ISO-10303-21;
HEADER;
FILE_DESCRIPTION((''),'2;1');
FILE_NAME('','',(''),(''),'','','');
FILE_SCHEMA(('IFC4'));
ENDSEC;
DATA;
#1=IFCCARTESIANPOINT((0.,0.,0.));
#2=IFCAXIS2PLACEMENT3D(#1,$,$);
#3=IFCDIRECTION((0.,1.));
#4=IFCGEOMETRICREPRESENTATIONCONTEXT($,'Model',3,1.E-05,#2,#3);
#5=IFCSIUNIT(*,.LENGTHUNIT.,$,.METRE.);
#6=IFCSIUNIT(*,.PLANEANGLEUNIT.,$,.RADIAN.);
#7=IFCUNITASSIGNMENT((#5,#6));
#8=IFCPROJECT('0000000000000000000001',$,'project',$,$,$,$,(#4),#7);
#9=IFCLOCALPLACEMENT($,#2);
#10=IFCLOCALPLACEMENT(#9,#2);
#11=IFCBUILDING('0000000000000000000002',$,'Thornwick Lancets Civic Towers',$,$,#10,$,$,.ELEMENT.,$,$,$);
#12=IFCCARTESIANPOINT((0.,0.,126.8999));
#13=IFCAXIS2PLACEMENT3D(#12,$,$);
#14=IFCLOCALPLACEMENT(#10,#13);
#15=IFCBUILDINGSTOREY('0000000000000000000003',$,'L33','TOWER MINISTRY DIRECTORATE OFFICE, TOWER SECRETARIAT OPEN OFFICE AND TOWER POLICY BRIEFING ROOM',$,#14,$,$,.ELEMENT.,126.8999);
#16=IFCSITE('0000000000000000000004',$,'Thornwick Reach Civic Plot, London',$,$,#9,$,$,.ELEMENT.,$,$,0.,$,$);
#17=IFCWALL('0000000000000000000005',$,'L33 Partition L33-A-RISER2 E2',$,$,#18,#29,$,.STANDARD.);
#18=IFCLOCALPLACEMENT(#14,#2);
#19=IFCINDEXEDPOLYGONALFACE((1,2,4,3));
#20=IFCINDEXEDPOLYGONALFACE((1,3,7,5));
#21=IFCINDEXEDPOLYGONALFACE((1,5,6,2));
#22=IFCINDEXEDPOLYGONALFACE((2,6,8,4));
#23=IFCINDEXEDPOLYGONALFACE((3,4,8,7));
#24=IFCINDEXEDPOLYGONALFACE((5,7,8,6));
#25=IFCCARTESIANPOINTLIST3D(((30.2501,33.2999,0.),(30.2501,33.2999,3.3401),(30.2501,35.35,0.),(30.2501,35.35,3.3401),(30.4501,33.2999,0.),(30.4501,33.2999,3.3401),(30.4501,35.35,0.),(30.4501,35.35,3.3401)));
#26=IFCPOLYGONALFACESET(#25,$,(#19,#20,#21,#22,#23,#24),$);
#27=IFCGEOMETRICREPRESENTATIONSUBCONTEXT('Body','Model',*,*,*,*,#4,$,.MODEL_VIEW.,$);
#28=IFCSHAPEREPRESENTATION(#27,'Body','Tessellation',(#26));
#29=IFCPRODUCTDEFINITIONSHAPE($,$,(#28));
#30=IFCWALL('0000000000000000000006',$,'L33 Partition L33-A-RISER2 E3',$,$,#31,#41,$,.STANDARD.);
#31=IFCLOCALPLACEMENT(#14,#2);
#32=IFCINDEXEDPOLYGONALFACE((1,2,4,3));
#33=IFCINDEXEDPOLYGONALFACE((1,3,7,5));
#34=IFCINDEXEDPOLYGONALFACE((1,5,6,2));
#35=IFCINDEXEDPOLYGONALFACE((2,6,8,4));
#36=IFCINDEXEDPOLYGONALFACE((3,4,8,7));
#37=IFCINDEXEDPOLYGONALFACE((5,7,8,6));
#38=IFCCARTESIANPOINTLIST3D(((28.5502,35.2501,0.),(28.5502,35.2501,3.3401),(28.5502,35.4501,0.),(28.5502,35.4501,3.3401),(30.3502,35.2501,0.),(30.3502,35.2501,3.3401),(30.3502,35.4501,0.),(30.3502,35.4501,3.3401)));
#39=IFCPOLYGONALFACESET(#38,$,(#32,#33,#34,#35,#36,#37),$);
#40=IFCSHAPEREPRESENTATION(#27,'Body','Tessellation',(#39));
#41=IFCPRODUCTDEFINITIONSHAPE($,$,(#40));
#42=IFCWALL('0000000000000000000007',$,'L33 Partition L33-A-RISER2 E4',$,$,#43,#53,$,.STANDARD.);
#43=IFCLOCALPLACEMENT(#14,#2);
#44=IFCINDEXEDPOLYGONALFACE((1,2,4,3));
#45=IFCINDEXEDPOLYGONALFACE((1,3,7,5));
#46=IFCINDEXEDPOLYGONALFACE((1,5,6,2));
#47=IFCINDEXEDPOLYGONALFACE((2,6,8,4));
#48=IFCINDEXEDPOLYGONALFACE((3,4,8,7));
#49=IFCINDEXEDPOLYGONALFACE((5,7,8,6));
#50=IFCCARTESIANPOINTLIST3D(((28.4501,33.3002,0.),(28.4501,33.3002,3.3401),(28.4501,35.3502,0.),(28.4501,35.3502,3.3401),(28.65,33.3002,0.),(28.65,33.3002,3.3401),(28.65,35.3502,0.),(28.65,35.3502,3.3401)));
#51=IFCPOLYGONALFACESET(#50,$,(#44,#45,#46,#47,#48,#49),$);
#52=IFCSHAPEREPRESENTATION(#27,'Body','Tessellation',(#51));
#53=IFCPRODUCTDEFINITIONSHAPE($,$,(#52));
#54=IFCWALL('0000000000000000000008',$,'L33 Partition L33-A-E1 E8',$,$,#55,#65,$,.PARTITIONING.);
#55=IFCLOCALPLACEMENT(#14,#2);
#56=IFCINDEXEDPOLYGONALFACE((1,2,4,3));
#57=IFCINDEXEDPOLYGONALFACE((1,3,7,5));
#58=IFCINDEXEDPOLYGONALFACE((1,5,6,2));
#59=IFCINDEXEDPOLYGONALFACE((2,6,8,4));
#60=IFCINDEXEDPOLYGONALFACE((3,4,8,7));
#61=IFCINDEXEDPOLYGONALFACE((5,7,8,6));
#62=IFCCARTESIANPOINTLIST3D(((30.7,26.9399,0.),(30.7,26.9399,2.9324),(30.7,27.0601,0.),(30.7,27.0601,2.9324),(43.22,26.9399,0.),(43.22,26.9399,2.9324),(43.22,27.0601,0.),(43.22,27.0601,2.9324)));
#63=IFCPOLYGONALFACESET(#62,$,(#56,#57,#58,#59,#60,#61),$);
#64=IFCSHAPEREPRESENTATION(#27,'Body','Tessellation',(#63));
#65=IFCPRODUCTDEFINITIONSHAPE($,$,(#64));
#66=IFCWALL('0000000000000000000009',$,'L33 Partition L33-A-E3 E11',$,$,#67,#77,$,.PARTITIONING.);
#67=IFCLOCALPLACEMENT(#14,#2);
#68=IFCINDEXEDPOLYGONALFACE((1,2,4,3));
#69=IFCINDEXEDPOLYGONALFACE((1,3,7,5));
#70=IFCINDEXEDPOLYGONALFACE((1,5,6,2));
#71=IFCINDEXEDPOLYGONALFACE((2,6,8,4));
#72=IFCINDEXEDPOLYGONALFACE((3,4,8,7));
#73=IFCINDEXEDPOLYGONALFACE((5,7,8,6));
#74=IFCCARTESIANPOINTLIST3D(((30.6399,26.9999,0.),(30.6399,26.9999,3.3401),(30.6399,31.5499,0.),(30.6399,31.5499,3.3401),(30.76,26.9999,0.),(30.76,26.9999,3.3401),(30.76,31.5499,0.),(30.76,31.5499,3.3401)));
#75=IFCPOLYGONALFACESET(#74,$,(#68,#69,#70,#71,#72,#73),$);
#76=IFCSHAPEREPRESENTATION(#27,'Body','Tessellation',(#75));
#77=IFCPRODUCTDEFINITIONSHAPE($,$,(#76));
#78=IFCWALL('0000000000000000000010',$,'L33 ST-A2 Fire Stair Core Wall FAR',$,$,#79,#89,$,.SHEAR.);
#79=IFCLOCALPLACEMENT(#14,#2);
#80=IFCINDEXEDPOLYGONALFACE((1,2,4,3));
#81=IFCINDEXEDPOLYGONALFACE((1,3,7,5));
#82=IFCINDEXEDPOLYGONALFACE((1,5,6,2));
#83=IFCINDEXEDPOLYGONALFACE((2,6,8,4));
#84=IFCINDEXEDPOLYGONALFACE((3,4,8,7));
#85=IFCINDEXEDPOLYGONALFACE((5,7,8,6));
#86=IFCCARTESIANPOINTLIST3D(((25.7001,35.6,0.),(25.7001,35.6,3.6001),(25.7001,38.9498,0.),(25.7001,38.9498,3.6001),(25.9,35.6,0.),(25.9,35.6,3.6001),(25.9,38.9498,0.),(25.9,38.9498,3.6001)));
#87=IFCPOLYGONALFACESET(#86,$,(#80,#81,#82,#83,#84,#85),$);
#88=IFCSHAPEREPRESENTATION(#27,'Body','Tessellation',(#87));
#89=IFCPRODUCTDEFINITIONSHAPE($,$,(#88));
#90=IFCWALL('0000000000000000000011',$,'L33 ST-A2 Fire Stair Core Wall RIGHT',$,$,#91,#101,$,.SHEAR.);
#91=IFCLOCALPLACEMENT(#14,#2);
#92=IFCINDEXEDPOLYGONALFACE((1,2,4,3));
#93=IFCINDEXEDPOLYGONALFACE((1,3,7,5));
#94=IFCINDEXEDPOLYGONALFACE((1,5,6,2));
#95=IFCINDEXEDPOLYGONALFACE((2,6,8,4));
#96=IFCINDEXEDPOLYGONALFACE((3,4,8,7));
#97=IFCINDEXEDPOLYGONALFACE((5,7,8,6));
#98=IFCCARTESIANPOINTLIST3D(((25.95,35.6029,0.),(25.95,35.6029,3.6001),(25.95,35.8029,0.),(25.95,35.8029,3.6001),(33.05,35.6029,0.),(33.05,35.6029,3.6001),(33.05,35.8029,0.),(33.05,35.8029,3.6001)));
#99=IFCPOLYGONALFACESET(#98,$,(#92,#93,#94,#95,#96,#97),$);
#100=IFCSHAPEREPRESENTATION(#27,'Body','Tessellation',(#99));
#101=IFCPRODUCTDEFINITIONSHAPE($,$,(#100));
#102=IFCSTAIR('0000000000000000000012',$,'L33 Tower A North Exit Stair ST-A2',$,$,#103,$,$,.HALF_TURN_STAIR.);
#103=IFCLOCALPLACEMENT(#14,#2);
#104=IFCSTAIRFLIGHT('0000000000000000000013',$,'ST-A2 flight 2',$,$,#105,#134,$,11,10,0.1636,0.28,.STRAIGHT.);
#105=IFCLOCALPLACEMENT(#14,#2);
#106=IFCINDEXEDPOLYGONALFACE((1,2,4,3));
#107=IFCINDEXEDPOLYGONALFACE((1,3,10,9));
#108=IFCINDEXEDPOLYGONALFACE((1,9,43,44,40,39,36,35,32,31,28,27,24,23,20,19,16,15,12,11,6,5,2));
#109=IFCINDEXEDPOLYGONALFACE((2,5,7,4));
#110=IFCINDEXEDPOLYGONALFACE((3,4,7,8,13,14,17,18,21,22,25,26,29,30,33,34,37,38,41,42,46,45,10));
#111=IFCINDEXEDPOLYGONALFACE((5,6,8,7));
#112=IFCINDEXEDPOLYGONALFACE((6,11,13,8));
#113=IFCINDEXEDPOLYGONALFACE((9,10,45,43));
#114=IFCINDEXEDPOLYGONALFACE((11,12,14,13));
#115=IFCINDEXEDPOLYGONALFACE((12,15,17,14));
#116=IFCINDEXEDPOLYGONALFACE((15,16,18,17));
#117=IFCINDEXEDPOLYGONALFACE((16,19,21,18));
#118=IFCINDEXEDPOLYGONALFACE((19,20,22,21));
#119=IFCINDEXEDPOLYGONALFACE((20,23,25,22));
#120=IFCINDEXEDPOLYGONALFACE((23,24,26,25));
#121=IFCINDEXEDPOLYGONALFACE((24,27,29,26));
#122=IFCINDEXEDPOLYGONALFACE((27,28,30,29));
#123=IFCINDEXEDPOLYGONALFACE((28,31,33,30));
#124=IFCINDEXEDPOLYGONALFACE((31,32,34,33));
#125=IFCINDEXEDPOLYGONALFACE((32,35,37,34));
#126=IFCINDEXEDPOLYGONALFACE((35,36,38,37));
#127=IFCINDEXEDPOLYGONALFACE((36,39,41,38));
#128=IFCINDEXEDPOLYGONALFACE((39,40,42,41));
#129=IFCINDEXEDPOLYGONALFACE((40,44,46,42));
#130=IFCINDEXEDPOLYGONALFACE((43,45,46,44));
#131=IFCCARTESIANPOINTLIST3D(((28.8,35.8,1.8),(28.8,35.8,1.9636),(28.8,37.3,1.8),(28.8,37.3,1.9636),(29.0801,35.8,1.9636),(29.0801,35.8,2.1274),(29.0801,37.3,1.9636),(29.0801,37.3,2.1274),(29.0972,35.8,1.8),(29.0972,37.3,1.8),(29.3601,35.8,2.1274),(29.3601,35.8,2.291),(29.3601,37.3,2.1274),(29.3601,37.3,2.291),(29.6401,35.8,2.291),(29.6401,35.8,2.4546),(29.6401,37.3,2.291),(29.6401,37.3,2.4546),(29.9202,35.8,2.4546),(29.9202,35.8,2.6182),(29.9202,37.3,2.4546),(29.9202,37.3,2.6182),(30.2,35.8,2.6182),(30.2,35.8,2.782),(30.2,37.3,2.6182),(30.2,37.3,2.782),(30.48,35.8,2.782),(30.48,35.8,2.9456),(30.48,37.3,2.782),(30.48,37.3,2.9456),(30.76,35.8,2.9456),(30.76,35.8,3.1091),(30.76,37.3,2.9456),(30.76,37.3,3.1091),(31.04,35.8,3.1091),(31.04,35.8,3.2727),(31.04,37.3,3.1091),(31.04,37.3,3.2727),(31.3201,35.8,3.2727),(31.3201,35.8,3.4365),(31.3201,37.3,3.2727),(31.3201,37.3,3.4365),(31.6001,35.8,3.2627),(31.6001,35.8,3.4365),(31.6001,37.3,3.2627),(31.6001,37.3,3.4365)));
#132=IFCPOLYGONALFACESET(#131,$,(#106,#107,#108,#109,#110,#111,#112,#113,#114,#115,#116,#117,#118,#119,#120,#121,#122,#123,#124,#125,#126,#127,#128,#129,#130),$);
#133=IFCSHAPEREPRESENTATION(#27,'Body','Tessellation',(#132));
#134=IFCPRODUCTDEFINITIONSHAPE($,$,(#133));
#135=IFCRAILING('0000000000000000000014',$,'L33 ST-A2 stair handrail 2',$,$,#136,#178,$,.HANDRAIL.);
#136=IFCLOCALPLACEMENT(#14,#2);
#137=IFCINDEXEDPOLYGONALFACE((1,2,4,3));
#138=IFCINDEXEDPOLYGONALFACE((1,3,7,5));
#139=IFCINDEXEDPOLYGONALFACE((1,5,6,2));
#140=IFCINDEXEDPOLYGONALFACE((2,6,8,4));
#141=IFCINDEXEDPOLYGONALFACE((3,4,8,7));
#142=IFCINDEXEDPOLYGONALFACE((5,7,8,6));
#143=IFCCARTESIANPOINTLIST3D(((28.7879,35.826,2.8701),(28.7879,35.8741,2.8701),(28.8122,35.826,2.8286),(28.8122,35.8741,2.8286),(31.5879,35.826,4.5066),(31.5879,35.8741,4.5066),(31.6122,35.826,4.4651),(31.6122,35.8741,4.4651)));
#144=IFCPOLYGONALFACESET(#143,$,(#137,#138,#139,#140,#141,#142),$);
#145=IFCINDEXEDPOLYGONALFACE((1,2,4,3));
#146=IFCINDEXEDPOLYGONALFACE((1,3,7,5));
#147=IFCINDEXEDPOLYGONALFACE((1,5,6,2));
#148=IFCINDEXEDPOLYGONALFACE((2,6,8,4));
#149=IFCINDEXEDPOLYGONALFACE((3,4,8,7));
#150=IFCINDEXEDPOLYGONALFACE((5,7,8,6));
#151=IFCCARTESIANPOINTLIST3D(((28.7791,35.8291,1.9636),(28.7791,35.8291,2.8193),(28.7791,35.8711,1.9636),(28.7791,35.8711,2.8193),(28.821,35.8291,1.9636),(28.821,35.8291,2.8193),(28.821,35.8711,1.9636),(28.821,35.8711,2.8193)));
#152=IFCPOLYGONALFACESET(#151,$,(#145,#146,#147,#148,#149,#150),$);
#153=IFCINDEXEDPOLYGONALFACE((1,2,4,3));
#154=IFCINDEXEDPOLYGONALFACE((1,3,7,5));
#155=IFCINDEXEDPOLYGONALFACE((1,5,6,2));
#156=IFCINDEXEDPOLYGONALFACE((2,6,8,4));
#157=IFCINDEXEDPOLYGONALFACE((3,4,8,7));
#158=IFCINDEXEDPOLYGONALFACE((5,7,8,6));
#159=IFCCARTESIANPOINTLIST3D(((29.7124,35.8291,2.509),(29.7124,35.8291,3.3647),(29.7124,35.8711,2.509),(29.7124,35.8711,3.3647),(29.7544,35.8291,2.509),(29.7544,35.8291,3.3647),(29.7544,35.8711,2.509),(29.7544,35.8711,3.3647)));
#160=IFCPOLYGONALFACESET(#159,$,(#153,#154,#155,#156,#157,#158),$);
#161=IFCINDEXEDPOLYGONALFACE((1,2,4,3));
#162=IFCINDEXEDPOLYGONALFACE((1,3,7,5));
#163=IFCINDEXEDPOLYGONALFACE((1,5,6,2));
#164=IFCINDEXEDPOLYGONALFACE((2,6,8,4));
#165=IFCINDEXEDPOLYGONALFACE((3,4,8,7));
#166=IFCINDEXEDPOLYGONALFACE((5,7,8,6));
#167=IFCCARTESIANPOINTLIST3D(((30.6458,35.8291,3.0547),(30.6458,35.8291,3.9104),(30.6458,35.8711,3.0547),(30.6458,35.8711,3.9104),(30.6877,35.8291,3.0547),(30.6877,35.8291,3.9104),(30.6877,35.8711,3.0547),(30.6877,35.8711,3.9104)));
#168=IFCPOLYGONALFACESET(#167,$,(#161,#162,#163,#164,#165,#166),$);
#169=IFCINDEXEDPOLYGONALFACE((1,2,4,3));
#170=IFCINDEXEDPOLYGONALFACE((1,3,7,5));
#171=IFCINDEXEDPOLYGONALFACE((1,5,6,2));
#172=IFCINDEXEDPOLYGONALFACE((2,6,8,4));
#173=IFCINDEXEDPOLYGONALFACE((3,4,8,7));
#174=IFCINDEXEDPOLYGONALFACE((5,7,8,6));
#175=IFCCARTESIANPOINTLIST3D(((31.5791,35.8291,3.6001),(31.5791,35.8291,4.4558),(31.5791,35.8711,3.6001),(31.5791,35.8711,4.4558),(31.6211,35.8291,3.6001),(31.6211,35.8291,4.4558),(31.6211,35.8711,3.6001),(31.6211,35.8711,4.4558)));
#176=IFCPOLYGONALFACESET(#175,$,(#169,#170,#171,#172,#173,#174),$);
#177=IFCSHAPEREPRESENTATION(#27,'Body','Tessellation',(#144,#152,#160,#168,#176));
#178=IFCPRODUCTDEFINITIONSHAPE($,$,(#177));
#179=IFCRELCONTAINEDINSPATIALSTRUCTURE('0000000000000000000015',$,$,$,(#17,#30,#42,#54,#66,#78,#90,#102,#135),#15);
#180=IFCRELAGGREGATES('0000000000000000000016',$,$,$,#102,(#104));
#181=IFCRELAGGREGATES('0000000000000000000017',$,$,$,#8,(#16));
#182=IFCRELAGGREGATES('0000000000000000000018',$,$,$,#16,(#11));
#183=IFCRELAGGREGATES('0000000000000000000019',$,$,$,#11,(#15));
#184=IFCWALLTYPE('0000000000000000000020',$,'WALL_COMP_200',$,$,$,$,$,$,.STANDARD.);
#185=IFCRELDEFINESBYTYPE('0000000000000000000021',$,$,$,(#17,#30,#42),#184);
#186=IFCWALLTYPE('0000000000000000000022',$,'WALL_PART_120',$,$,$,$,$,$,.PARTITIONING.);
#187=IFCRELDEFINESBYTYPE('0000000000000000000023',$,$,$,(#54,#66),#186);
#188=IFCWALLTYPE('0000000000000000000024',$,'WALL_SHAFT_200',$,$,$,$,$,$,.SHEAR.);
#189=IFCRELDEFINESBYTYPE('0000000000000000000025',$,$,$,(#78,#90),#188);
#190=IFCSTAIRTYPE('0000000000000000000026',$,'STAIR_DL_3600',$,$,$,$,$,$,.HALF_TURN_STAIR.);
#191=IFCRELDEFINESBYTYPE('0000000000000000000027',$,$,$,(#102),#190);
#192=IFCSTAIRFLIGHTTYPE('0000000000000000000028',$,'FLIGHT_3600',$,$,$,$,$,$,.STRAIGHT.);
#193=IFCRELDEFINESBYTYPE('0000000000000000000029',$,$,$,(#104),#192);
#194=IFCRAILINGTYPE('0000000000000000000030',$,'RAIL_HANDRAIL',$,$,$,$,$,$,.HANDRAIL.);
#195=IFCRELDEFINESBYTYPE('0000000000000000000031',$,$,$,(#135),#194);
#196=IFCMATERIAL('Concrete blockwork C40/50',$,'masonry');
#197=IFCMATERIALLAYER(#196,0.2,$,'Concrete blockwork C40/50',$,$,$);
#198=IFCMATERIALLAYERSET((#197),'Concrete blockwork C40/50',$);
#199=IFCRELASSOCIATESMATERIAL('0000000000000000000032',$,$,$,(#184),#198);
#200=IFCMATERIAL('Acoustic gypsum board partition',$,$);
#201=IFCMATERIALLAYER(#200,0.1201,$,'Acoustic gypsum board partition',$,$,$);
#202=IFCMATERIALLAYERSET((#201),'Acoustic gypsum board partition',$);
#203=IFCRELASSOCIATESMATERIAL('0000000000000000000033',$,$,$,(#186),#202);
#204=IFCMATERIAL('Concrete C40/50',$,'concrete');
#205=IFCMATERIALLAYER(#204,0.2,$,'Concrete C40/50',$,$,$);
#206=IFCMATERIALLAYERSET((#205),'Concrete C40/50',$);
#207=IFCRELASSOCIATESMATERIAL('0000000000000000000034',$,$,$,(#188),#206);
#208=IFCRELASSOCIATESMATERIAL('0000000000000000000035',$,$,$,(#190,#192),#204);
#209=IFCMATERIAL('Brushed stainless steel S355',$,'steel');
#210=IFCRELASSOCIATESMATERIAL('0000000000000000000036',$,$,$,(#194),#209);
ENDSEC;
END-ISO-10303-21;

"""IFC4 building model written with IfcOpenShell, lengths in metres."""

from ifc_helpers import new_model, si_unit, direction, frame, frame_2d, origin, origin_2d, place, context, subcontext, project, spatial, polyline, rectangle, outline, extrude, material, layer, layer_set, type_object, element, aggregate, save


model = new_model("IFC4")

# Units and contexts
model_context = context("Model", 3, precision=1e-05, world=origin(), true_north=direction((0.0, 1.0)))
body_context = subcontext(model_context, "Body", "Model", "MODEL_VIEW")
ifc_project = project(units=[si_unit("LENGTHUNIT", "METRE"), si_unit("PLANEANGLEUNIT", "RADIAN")], contexts=[model_context])

# Site, building, storey
site_placement = place(None, origin())
site = spatial("IfcSite", under=ifc_project, at=site_placement, Name="Thornwick Reach Civic Plot, London", CompositionType="ELEMENT", RefElevation=0.0)
building_placement = place(site_placement, origin())
building = spatial("IfcBuilding", under=site, at=building_placement, Name="Thornwick Lancets Civic Towers", CompositionType="ELEMENT")
storey_placement = place(building_placement, frame((0.0, 0.0, 126.8999)))
storey = spatial("IfcBuildingStorey", under=building, at=storey_placement, Name="L33", Description="TOWER MINISTRY DIRECTORATE OFFICE, TOWER SECRETARIAT OPEN OFFICE AND TOWER POLICY BRIEFING ROOM", CompositionType="ELEMENT", Elevation=126.8999)

# Shared definitions
ifc_material_1 = material(Name="Concrete C40/50", Category="concrete")

# Shared definitions
ifc_material_2 = material(Name="Concrete blockwork C40/50", Category="masonry")
ifc_layer_1 = layer(ifc_material_2, 0.2, Name="Concrete blockwork C40/50")
ifc_layer_set_1 = layer_set([ifc_layer_1], Name="Concrete blockwork C40/50")
wall_type_1 = type_object("IfcWallType", Name="WALL_COMP_200", PredefinedType="STANDARD", material=ifc_layer_set_1)

# Walls
wall_1_placement = place(storey_placement, frame((30.3501, 33.3, 0.0), z_axis=(0.0, 0.0, 1.0), x_axis=(0.0, 1.0, 0.0)))
element("IfcWall", 1, at=wall_1_placement, inside=storey, type_object=wall_type_1, Name="L33 Partition L33-A-RISER2 E2", PredefinedType="STANDARD", context=body_context, shape_type="SweptSolid", body=[
    extrude(rectangle(XDim=2.05, YDim=0.2, at=frame_2d((1.0249, 0.0))), origin(), (0.0, 0.0, 1.0), 3.3401),
])
wall_2_placement = place(storey_placement, frame((30.3501, 35.3501, 0.0), z_axis=(0.0, 0.0, 1.0), x_axis=(-1.0, 0.0, 0.0)))
element("IfcWall", 2, at=wall_2_placement, inside=storey, type_object=wall_type_1, Name="L33 Partition L33-A-RISER2 E3", PredefinedType="STANDARD", context=body_context, shape_type="SweptSolid", body=[
    extrude(rectangle(XDim=1.8, YDim=0.2, at=frame_2d((0.8999, 0.0))), origin(), (0.0, 0.0, 1.0), 3.3401),
])
wall_3_placement = place(storey_placement, frame((28.55, 35.3501, 0.0), z_axis=(0.0, 0.0, 1.0), x_axis=(0.0, -1.0, 0.0)))
element("IfcWall", 3, at=wall_3_placement, inside=storey, type_object=wall_type_1, Name="L33 Partition L33-A-RISER2 E4", PredefinedType="STANDARD", context=body_context, shape_type="SweptSolid", body=[
    extrude(rectangle(XDim=2.05, YDim=0.2, at=frame_2d((1.0249, 0.0))), origin(), (0.0, 0.0, 1.0), 3.3401),
])
ifc_material_3 = material(Name="Acoustic gypsum board partition")
ifc_layer_2 = layer(ifc_material_3, 0.1201, Name="Acoustic gypsum board partition")
ifc_layer_set_2 = layer_set([ifc_layer_2], Name="Acoustic gypsum board partition")
wall_type_2 = type_object("IfcWallType", Name="WALL_PART_120", PredefinedType="PARTITIONING", material=ifc_layer_set_2)
wall_4_placement = place(storey_placement, frame((30.7, 27.0, 0.0), z_axis=(0.0, 0.0, 1.0), x_axis=(1.0, 0.0, 0.0)))
element("IfcWall", 4, at=wall_4_placement, inside=storey, type_object=wall_type_2, Name="L33 Partition L33-A-E1 E8", PredefinedType="PARTITIONING", context=body_context, shape_type="SweptSolid", body=[
    extrude(rectangle(XDim=12.52, YDim=0.1201, at=frame_2d((6.26, 0.0))), origin(), (0.0, 0.0, 1.0), 2.9324),
])
wall_5_placement = place(storey_placement, frame((30.7, 27.0, 0.0), z_axis=(0.0, 0.0, 1.0), x_axis=(0.0, 1.0, 0.0)))
element("IfcWall", 5, at=wall_5_placement, inside=storey, type_object=wall_type_2, Name="L33 Partition L33-A-E3 E11", PredefinedType="PARTITIONING", context=body_context, shape_type="SweptSolid", body=[
    extrude(rectangle(XDim=4.55, YDim=0.1201, at=frame_2d((2.2749, 0.0))), origin(), (0.0, 0.0, 1.0), 3.3401),
])
ifc_layer_3 = layer(ifc_material_1, 0.2, Name="Concrete C40/50")
ifc_layer_set_3 = layer_set([ifc_layer_3], Name="Concrete C40/50")
wall_type_3 = type_object("IfcWallType", Name="WALL_SHAFT_200", PredefinedType="SHEAR", material=ifc_layer_set_3)
wall_6_placement = place(storey_placement, frame((25.8, 35.6001, 0.0), z_axis=(0.0, 0.0, 1.0), x_axis=(0.0, 1.0, 0.0)))
element("IfcWall", 6, at=wall_6_placement, inside=storey, type_object=wall_type_3, Name="L33 ST-A2 Fire Stair Core Wall FAR", PredefinedType="SHEAR", context=body_context, shape_type="SweptSolid", body=[
    extrude(rectangle(XDim=3.3499, YDim=0.2, at=frame_2d((1.6748, 0.0))), origin(), (0.0, 0.0, 1.0), 3.6001),
])
wall_7_placement = place(storey_placement, frame((25.95, 35.7029, 0.0), z_axis=(0.0, 0.0, 1.0), x_axis=(1.0, 0.0, 0.0)))
element("IfcWall", 7, at=wall_7_placement, inside=storey, type_object=wall_type_3, Name="L33 ST-A2 Fire Stair Core Wall RIGHT", PredefinedType="SHEAR", context=body_context, shape_type="SweptSolid", body=[
    extrude(rectangle(XDim=7.1001, YDim=0.2, at=frame_2d((3.55, 0.0))), origin(), (0.0, 0.0, 1.0), 3.6001),
])

# Stair, stair flight
stair_type = type_object("IfcStairType", Name="STAIR_DL_3600", PredefinedType="HALF_TURN_STAIR", material=ifc_material_1)
stair_placement = place(storey_placement, origin())
stair = element("IfcStair", 8, at=stair_placement, inside=storey, type_object=stair_type, Name="L33 Tower A North Exit Stair ST-A2", PredefinedType="HALF_TURN_STAIR")
stair_flight_type = type_object("IfcStairFlightType", Name="FLIGHT_3600", PredefinedType="STRAIGHT", material=ifc_material_1)
stair_flight_placement = place(storey_placement, frame((28.8, 36.55, 1.8), z_axis=(0.0, 0.0, 1.0), x_axis=(1.0, 0.0, 0.0)))
stair_flight = element("IfcStairFlight", 9, at=stair_flight_placement, type_object=stair_flight_type, Name="ST-A2 flight 2", NumberOfRisers=11, NumberOfTreads=10, PredefinedType="STRAIGHT", RiserHeight=0.1636, TreadLength=0.28, context=body_context, shape_type="SweptSolid", body=[
    extrude(outline(polyline([(0.0, 0.0), (0.0, 0.1636), (0.28, 0.1636), (0.28, 0.3274), (0.5601, 0.3274), (0.5601, 0.491), (0.8401, 0.491), (0.8401, 0.6545), (1.1201, 0.6545), (1.1201, 0.8181), (1.3999, 0.8181), (1.3999, 0.9819), (1.6799, 0.9819), (1.6799, 1.1455), (1.96, 1.1455), (1.96, 1.3091), (2.24, 1.3091), (2.24, 1.4727), (2.52, 1.4727), (2.52, 1.6365), (2.8, 1.6365), (2.8, 1.8), (2.8, 1.4626), (0.2971, 0.0), (0.0, 0.0)])), frame((0.0, 0.75, 0.0), z_axis=(0.0, -1.0, 0.0), x_axis=(1.0, 0.0, 0.0)), (0.0, 0.0, 1.0), 1.5),
])
aggregate(stair, [stair_flight])

# Railing
ifc_material_4 = material(Name="Brushed stainless steel S355", Category="steel")
railing_type_1 = type_object("IfcRailingType", Name="RAIL_HANDRAIL", PredefinedType="HANDRAIL", material=ifc_material_4)
railing_1_placement = place(storey_placement, frame((28.8, 35.8501, 1.9636)))
element("IfcRailing", 10, at=railing_1_placement, inside=storey, type_object=railing_type_1, Name="L33 ST-A2 stair handrail 2", PredefinedType="HANDRAIL", context=body_context, shape_type="SweptSolid", body=[
    extrude(rectangle(XDim=0.0481, YDim=0.0481, at=origin_2d()), frame((0.0, 0.0, 0.8857), z_axis=(0.863361, 0.0, 0.504587), x_axis=(0.0, 1.0, 0.0)), (0.0, 0.0, 1.0), 3.2432),
    extrude(rectangle(XDim=0.042, YDim=0.042, at=origin_2d()), origin(), (0.0, 0.0, 1.0), 0.8557),
    extrude(rectangle(XDim=0.042, YDim=0.042, at=origin_2d()), frame((0.9333, 0.0, 0.5454)), (0.0, 0.0, 1.0), 0.8557),
    extrude(rectangle(XDim=0.042, YDim=0.042, at=origin_2d()), frame((1.8667, 0.0, 1.0911)), (0.0, 0.0, 1.0), 0.8557),
    extrude(rectangle(XDim=0.042, YDim=0.042, at=origin_2d()), frame((2.8, 0.0, 1.6365)), (0.0, 0.0, 1.0), 0.8557),
])

save(model, "model.ifc")
